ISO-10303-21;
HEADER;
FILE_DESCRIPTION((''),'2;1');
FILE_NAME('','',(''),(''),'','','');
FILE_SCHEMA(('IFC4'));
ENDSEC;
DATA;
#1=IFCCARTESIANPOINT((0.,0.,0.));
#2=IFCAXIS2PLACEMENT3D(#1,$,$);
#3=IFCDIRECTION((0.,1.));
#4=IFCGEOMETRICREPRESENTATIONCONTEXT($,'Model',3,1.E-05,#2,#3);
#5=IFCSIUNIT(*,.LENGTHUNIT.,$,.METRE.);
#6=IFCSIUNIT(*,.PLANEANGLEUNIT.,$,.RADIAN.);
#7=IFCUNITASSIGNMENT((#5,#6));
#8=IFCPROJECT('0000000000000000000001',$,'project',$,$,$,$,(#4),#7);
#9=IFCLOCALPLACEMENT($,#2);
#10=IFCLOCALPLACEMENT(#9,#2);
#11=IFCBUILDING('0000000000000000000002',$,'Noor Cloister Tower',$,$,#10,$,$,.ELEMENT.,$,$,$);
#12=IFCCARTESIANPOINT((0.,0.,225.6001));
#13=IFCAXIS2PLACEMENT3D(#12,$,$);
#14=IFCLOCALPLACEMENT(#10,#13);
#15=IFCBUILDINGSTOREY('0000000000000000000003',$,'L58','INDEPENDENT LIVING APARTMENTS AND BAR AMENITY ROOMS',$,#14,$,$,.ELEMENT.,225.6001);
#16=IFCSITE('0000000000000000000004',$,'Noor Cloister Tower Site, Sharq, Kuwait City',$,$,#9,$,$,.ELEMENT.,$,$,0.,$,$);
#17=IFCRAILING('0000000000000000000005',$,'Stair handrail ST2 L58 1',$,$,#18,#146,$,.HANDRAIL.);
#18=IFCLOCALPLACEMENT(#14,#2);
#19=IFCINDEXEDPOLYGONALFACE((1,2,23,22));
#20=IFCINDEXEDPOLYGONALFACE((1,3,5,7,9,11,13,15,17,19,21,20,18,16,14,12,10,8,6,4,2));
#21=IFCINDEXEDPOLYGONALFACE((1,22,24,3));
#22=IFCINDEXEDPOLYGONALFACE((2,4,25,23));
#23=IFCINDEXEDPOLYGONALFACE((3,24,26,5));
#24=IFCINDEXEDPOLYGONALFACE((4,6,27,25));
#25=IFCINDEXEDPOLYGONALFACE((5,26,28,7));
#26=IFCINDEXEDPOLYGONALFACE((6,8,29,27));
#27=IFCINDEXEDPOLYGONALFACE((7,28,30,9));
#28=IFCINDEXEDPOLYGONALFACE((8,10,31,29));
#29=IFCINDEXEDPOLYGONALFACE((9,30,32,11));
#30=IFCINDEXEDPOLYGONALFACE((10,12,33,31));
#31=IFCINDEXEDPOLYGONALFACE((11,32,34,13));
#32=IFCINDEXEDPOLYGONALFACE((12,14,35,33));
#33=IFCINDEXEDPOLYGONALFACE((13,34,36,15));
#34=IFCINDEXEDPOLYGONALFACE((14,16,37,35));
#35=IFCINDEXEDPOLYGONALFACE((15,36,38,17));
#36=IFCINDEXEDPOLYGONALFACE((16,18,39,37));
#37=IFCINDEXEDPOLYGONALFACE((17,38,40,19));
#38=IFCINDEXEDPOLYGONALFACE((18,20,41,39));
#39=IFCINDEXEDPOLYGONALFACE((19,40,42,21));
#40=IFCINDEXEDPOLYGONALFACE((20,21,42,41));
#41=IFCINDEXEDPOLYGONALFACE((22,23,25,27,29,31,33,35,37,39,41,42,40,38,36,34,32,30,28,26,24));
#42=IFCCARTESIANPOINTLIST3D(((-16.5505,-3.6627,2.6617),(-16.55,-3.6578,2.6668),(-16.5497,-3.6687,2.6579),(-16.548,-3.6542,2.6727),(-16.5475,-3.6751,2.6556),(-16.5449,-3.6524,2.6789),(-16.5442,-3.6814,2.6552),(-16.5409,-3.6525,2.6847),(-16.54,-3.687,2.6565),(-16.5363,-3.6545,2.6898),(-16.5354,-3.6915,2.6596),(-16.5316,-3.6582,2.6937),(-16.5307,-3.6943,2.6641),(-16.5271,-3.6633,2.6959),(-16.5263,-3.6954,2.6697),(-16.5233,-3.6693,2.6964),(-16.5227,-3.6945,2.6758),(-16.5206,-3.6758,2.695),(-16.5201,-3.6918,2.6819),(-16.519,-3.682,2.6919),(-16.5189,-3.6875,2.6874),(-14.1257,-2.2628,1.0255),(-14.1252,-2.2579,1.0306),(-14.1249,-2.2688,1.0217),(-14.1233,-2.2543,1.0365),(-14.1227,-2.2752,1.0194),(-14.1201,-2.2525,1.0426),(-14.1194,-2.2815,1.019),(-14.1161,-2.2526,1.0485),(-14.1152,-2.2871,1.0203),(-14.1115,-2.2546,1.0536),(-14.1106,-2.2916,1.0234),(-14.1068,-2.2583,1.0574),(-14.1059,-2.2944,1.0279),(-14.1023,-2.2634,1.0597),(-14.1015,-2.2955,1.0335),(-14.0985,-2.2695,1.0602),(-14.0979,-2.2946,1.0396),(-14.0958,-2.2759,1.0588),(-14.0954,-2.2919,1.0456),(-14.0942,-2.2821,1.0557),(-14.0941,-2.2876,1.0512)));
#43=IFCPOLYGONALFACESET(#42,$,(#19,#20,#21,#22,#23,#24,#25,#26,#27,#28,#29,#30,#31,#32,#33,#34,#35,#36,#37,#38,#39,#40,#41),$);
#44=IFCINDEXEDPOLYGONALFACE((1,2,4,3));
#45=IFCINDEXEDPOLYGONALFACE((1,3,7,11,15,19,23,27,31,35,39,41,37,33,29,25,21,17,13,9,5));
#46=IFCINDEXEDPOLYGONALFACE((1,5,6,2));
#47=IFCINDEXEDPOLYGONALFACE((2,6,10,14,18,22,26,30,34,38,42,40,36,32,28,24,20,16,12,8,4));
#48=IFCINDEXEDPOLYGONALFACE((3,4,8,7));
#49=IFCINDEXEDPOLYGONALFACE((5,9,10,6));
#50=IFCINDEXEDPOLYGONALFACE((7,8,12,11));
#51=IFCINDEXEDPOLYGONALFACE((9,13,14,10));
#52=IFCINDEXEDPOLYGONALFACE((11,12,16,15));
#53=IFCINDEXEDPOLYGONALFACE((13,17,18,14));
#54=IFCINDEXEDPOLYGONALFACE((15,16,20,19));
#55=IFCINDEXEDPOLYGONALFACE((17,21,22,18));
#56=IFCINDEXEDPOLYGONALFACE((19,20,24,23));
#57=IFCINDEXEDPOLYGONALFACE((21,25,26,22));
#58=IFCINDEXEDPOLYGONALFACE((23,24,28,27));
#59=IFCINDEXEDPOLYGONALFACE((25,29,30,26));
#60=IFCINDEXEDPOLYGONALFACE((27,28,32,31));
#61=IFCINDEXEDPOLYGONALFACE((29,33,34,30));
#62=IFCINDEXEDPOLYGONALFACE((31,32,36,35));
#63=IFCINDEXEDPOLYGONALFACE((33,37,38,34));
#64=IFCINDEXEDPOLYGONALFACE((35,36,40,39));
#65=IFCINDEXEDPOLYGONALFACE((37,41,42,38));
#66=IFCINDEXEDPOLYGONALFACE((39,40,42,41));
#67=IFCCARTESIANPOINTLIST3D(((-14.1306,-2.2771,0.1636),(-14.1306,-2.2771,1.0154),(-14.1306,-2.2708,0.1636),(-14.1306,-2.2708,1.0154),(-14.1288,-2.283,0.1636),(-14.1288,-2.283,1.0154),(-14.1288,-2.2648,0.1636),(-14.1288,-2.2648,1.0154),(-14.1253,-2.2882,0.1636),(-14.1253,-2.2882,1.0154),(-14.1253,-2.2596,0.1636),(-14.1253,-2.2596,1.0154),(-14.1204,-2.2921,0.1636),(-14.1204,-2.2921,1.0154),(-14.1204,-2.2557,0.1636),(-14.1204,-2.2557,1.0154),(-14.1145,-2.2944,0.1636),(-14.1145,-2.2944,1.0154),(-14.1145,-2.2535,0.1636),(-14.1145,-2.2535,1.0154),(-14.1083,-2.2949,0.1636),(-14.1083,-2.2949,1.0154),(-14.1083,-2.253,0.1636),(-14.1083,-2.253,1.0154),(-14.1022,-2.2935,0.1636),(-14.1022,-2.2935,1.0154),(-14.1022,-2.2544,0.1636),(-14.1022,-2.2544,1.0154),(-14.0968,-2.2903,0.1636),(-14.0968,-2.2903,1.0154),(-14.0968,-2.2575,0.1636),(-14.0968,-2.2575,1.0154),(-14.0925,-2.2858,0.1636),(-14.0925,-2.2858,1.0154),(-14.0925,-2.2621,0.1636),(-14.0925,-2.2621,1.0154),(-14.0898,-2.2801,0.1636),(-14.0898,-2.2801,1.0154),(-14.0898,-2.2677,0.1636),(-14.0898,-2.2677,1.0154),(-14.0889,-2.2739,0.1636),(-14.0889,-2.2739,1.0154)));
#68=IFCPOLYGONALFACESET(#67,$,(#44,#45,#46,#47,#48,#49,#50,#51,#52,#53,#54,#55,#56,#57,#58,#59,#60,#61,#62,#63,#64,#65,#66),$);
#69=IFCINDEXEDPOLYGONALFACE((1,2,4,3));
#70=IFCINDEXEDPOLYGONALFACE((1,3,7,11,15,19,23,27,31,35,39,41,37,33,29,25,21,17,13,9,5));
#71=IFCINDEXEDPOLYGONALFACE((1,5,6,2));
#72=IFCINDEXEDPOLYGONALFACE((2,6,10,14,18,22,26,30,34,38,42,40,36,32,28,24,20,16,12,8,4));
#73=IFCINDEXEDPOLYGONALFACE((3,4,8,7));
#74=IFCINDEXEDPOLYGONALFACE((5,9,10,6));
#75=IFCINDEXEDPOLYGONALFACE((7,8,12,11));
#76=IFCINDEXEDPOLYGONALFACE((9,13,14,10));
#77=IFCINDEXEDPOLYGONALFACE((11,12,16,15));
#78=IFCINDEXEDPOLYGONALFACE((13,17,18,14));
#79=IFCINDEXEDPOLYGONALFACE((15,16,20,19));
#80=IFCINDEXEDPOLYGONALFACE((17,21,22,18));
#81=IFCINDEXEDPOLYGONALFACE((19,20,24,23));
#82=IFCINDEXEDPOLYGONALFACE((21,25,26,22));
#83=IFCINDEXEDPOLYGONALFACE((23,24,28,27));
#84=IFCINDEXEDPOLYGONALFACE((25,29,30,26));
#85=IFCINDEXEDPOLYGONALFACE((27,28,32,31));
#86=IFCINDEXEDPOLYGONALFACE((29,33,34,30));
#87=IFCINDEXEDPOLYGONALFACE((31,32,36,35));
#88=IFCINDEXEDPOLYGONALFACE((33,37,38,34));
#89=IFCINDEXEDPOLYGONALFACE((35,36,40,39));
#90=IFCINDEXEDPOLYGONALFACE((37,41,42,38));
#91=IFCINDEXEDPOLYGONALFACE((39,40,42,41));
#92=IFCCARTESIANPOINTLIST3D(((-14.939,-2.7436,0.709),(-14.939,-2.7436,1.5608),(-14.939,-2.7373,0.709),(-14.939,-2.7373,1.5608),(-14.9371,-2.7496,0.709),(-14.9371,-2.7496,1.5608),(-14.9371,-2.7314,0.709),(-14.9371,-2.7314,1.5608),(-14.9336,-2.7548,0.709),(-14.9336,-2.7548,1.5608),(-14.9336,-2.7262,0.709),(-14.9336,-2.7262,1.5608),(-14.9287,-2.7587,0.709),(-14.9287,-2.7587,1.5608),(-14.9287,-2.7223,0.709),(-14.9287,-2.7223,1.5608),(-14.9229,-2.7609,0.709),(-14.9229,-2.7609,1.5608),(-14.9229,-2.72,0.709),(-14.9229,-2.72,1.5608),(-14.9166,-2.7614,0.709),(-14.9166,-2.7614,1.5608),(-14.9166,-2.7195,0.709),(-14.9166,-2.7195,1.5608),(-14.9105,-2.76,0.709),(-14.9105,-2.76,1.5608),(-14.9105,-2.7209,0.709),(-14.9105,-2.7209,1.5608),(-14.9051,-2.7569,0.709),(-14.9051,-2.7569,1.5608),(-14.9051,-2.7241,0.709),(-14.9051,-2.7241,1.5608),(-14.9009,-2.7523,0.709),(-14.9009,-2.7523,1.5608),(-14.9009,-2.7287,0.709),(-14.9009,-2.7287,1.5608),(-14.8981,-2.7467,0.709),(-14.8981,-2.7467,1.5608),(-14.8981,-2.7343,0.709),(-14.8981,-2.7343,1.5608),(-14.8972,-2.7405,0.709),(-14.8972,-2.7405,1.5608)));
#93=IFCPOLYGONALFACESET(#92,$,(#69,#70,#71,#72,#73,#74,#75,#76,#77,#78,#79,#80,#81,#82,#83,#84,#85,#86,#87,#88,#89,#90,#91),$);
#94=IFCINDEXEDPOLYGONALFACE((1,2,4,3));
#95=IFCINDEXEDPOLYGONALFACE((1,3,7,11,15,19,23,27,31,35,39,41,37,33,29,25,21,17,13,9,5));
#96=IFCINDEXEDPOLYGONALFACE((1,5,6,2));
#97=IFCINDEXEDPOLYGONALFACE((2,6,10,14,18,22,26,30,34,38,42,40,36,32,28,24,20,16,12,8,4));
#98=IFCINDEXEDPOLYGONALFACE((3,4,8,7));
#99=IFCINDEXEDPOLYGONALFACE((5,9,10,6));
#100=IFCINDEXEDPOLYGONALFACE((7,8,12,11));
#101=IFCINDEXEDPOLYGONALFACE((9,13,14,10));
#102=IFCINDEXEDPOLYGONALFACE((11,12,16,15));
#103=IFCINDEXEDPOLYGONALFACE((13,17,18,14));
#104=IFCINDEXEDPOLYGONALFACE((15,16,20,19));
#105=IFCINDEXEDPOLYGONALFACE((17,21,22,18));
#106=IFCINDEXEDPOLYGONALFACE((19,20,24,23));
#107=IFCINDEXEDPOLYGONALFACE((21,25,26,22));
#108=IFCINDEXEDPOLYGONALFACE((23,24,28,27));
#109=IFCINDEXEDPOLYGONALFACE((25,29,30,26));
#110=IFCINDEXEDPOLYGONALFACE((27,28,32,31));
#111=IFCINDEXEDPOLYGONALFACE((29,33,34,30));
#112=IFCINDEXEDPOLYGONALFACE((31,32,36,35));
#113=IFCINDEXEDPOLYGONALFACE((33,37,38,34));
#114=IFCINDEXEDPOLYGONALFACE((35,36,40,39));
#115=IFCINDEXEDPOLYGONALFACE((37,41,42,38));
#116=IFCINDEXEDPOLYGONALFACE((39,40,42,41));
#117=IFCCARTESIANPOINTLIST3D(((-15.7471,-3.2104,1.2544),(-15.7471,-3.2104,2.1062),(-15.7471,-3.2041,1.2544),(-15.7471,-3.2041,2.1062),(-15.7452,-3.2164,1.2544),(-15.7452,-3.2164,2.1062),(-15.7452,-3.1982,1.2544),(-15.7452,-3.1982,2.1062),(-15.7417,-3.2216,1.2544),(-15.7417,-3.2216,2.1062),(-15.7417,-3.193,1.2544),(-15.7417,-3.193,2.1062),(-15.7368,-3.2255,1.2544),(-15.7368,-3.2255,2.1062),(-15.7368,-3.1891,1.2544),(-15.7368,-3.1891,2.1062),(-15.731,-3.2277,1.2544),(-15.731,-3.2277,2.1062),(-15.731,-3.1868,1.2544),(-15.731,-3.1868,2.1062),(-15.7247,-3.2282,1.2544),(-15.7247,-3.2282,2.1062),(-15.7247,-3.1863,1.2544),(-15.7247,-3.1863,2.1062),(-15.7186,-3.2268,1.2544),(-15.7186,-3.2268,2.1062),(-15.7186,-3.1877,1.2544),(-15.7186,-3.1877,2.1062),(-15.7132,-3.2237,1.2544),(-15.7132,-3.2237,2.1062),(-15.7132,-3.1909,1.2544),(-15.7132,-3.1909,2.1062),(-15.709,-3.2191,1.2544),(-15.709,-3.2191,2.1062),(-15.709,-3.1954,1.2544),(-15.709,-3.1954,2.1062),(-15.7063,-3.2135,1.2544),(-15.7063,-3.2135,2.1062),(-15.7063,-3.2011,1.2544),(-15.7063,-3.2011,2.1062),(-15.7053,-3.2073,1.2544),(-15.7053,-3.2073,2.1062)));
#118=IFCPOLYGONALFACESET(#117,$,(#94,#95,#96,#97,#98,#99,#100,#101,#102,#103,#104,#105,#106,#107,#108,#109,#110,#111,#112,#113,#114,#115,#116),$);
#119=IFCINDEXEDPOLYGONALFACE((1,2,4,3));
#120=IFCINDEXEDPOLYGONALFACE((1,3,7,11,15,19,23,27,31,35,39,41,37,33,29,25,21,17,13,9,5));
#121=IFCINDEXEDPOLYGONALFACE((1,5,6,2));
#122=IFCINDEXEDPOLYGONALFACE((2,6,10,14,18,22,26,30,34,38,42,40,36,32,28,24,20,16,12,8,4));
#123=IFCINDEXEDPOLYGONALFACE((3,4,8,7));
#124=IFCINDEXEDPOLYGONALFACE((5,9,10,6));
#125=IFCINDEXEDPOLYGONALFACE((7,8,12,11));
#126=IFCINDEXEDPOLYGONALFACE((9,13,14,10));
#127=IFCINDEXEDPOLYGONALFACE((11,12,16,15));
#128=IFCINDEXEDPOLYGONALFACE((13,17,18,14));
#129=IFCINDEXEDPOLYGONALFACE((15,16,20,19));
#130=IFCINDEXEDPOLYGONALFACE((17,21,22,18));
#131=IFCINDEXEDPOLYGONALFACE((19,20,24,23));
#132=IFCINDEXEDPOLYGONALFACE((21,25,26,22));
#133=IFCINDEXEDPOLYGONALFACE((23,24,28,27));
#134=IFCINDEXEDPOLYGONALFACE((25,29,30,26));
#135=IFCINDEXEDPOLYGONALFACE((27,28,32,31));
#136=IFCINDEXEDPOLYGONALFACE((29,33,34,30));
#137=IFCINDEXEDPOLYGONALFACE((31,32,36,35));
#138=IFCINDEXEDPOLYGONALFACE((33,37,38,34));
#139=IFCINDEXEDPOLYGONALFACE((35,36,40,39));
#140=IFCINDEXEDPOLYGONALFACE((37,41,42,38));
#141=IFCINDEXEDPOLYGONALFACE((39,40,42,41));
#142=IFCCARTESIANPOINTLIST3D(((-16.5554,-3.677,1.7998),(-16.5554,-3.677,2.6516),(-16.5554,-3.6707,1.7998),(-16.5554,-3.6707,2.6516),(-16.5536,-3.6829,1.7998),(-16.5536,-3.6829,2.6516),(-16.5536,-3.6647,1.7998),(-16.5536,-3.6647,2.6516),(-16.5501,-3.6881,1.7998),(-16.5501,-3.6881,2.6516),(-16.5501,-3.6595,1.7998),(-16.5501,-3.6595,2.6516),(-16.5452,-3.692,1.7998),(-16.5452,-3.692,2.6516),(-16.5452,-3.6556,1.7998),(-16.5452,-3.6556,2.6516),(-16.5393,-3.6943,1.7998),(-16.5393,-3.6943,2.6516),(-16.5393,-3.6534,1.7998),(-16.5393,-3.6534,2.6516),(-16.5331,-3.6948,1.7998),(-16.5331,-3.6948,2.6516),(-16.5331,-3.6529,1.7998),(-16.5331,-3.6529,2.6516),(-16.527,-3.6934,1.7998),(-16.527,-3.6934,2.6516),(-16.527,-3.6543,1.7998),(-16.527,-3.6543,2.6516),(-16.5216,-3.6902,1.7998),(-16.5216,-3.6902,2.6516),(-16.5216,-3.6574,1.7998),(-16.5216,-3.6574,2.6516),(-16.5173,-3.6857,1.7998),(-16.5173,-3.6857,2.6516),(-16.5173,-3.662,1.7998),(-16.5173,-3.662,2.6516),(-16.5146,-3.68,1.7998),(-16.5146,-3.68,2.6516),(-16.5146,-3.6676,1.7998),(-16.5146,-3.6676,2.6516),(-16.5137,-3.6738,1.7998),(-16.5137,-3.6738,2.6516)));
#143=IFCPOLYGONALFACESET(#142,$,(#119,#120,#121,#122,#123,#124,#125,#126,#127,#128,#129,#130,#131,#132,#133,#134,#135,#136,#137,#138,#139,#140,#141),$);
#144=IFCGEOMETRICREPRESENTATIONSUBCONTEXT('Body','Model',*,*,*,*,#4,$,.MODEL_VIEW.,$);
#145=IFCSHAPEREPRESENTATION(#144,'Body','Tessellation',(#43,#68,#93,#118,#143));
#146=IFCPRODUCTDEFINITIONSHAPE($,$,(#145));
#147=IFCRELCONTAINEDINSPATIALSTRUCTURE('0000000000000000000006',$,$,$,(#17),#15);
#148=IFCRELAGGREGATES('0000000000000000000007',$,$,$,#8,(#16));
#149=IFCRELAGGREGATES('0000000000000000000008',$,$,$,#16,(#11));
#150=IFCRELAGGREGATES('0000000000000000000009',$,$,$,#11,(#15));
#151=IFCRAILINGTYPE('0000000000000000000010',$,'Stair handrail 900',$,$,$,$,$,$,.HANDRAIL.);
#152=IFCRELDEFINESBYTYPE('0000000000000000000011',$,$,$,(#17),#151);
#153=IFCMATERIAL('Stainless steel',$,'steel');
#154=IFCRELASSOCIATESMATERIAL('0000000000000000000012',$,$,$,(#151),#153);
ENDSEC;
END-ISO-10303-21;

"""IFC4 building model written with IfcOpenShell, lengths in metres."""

from ifc_helpers import new_model, si_unit, direction, frame, origin, origin_2d, place, context, subcontext, project, spatial, circle, extrude, material, type_object, element, save


model = new_model("IFC4")

# Units and contexts
model_context = context("Model", 3, precision=1e-05, world=origin(), true_north=direction((0.0, 1.0)))
body_context = subcontext(model_context, "Body", "Model", "MODEL_VIEW")
ifc_project = project(units=[si_unit("LENGTHUNIT", "METRE"), si_unit("PLANEANGLEUNIT", "RADIAN")], contexts=[model_context])

# Site, building, storey
site_placement = place(None, origin())
site = spatial("IfcSite", under=ifc_project, at=site_placement, Name="Noor Cloister Tower Site, Sharq, Kuwait City", CompositionType="ELEMENT", RefElevation=0.0)
building_placement = place(site_placement, origin())
building = spatial("IfcBuilding", under=site, at=building_placement, Name="Noor Cloister Tower", CompositionType="ELEMENT")
storey_placement = place(building_placement, frame((0.0, 0.0, 225.6001)))
storey = spatial("IfcBuildingStorey", under=building, at=storey_placement, Name="L58", Description="INDEPENDENT LIVING APARTMENTS AND BAR AMENITY ROOMS", CompositionType="ELEMENT", Elevation=225.6001)

# Railing
ifc_material_1 = material(Name="Stainless steel", Category="steel")
railing_type_1 = type_object("IfcRailingType", Name="Stair handrail 900", PredefinedType="HANDRAIL", material=ifc_material_1)
railing_1_placement = place(storey_placement, frame((-14.1099, -2.2739, 0.1636)))
element("IfcRailing", 1, at=railing_1_placement, inside=storey, type_object=railing_type_1, Name="Stair handrail ST2 L58 1", PredefinedType="HANDRAIL", context=body_context, shape_type="SweptSolid", body=[
    extrude(circle(Radius=0.0239, at=origin_2d()), frame((0.0, 0.0, 0.876), z_axis=(-0.747718, -0.431677, 0.504552), x_axis=(0.499984, -0.866035, 0.0)), (0.0, 0.0, 1.0), 3.2429),
    extrude(circle(Radius=0.021, at=origin_2d()), origin(), (0.0, 0.0, 1.0), 0.8518),
    extrude(circle(Radius=0.021, at=origin_2d()), frame((-0.8083, -0.4666, 0.5454)), (0.0, 0.0, 1.0), 0.8518),
    extrude(circle(Radius=0.021, at=origin_2d()), frame((-1.6165, -0.9333, 1.0908)), (0.0, 0.0, 1.0), 0.8518),
    extrude(circle(Radius=0.021, at=origin_2d()), frame((-2.4248, -1.3999, 1.6362)), (0.0, 0.0, 1.0), 0.8518),
])

save(model, "model.ifc")
